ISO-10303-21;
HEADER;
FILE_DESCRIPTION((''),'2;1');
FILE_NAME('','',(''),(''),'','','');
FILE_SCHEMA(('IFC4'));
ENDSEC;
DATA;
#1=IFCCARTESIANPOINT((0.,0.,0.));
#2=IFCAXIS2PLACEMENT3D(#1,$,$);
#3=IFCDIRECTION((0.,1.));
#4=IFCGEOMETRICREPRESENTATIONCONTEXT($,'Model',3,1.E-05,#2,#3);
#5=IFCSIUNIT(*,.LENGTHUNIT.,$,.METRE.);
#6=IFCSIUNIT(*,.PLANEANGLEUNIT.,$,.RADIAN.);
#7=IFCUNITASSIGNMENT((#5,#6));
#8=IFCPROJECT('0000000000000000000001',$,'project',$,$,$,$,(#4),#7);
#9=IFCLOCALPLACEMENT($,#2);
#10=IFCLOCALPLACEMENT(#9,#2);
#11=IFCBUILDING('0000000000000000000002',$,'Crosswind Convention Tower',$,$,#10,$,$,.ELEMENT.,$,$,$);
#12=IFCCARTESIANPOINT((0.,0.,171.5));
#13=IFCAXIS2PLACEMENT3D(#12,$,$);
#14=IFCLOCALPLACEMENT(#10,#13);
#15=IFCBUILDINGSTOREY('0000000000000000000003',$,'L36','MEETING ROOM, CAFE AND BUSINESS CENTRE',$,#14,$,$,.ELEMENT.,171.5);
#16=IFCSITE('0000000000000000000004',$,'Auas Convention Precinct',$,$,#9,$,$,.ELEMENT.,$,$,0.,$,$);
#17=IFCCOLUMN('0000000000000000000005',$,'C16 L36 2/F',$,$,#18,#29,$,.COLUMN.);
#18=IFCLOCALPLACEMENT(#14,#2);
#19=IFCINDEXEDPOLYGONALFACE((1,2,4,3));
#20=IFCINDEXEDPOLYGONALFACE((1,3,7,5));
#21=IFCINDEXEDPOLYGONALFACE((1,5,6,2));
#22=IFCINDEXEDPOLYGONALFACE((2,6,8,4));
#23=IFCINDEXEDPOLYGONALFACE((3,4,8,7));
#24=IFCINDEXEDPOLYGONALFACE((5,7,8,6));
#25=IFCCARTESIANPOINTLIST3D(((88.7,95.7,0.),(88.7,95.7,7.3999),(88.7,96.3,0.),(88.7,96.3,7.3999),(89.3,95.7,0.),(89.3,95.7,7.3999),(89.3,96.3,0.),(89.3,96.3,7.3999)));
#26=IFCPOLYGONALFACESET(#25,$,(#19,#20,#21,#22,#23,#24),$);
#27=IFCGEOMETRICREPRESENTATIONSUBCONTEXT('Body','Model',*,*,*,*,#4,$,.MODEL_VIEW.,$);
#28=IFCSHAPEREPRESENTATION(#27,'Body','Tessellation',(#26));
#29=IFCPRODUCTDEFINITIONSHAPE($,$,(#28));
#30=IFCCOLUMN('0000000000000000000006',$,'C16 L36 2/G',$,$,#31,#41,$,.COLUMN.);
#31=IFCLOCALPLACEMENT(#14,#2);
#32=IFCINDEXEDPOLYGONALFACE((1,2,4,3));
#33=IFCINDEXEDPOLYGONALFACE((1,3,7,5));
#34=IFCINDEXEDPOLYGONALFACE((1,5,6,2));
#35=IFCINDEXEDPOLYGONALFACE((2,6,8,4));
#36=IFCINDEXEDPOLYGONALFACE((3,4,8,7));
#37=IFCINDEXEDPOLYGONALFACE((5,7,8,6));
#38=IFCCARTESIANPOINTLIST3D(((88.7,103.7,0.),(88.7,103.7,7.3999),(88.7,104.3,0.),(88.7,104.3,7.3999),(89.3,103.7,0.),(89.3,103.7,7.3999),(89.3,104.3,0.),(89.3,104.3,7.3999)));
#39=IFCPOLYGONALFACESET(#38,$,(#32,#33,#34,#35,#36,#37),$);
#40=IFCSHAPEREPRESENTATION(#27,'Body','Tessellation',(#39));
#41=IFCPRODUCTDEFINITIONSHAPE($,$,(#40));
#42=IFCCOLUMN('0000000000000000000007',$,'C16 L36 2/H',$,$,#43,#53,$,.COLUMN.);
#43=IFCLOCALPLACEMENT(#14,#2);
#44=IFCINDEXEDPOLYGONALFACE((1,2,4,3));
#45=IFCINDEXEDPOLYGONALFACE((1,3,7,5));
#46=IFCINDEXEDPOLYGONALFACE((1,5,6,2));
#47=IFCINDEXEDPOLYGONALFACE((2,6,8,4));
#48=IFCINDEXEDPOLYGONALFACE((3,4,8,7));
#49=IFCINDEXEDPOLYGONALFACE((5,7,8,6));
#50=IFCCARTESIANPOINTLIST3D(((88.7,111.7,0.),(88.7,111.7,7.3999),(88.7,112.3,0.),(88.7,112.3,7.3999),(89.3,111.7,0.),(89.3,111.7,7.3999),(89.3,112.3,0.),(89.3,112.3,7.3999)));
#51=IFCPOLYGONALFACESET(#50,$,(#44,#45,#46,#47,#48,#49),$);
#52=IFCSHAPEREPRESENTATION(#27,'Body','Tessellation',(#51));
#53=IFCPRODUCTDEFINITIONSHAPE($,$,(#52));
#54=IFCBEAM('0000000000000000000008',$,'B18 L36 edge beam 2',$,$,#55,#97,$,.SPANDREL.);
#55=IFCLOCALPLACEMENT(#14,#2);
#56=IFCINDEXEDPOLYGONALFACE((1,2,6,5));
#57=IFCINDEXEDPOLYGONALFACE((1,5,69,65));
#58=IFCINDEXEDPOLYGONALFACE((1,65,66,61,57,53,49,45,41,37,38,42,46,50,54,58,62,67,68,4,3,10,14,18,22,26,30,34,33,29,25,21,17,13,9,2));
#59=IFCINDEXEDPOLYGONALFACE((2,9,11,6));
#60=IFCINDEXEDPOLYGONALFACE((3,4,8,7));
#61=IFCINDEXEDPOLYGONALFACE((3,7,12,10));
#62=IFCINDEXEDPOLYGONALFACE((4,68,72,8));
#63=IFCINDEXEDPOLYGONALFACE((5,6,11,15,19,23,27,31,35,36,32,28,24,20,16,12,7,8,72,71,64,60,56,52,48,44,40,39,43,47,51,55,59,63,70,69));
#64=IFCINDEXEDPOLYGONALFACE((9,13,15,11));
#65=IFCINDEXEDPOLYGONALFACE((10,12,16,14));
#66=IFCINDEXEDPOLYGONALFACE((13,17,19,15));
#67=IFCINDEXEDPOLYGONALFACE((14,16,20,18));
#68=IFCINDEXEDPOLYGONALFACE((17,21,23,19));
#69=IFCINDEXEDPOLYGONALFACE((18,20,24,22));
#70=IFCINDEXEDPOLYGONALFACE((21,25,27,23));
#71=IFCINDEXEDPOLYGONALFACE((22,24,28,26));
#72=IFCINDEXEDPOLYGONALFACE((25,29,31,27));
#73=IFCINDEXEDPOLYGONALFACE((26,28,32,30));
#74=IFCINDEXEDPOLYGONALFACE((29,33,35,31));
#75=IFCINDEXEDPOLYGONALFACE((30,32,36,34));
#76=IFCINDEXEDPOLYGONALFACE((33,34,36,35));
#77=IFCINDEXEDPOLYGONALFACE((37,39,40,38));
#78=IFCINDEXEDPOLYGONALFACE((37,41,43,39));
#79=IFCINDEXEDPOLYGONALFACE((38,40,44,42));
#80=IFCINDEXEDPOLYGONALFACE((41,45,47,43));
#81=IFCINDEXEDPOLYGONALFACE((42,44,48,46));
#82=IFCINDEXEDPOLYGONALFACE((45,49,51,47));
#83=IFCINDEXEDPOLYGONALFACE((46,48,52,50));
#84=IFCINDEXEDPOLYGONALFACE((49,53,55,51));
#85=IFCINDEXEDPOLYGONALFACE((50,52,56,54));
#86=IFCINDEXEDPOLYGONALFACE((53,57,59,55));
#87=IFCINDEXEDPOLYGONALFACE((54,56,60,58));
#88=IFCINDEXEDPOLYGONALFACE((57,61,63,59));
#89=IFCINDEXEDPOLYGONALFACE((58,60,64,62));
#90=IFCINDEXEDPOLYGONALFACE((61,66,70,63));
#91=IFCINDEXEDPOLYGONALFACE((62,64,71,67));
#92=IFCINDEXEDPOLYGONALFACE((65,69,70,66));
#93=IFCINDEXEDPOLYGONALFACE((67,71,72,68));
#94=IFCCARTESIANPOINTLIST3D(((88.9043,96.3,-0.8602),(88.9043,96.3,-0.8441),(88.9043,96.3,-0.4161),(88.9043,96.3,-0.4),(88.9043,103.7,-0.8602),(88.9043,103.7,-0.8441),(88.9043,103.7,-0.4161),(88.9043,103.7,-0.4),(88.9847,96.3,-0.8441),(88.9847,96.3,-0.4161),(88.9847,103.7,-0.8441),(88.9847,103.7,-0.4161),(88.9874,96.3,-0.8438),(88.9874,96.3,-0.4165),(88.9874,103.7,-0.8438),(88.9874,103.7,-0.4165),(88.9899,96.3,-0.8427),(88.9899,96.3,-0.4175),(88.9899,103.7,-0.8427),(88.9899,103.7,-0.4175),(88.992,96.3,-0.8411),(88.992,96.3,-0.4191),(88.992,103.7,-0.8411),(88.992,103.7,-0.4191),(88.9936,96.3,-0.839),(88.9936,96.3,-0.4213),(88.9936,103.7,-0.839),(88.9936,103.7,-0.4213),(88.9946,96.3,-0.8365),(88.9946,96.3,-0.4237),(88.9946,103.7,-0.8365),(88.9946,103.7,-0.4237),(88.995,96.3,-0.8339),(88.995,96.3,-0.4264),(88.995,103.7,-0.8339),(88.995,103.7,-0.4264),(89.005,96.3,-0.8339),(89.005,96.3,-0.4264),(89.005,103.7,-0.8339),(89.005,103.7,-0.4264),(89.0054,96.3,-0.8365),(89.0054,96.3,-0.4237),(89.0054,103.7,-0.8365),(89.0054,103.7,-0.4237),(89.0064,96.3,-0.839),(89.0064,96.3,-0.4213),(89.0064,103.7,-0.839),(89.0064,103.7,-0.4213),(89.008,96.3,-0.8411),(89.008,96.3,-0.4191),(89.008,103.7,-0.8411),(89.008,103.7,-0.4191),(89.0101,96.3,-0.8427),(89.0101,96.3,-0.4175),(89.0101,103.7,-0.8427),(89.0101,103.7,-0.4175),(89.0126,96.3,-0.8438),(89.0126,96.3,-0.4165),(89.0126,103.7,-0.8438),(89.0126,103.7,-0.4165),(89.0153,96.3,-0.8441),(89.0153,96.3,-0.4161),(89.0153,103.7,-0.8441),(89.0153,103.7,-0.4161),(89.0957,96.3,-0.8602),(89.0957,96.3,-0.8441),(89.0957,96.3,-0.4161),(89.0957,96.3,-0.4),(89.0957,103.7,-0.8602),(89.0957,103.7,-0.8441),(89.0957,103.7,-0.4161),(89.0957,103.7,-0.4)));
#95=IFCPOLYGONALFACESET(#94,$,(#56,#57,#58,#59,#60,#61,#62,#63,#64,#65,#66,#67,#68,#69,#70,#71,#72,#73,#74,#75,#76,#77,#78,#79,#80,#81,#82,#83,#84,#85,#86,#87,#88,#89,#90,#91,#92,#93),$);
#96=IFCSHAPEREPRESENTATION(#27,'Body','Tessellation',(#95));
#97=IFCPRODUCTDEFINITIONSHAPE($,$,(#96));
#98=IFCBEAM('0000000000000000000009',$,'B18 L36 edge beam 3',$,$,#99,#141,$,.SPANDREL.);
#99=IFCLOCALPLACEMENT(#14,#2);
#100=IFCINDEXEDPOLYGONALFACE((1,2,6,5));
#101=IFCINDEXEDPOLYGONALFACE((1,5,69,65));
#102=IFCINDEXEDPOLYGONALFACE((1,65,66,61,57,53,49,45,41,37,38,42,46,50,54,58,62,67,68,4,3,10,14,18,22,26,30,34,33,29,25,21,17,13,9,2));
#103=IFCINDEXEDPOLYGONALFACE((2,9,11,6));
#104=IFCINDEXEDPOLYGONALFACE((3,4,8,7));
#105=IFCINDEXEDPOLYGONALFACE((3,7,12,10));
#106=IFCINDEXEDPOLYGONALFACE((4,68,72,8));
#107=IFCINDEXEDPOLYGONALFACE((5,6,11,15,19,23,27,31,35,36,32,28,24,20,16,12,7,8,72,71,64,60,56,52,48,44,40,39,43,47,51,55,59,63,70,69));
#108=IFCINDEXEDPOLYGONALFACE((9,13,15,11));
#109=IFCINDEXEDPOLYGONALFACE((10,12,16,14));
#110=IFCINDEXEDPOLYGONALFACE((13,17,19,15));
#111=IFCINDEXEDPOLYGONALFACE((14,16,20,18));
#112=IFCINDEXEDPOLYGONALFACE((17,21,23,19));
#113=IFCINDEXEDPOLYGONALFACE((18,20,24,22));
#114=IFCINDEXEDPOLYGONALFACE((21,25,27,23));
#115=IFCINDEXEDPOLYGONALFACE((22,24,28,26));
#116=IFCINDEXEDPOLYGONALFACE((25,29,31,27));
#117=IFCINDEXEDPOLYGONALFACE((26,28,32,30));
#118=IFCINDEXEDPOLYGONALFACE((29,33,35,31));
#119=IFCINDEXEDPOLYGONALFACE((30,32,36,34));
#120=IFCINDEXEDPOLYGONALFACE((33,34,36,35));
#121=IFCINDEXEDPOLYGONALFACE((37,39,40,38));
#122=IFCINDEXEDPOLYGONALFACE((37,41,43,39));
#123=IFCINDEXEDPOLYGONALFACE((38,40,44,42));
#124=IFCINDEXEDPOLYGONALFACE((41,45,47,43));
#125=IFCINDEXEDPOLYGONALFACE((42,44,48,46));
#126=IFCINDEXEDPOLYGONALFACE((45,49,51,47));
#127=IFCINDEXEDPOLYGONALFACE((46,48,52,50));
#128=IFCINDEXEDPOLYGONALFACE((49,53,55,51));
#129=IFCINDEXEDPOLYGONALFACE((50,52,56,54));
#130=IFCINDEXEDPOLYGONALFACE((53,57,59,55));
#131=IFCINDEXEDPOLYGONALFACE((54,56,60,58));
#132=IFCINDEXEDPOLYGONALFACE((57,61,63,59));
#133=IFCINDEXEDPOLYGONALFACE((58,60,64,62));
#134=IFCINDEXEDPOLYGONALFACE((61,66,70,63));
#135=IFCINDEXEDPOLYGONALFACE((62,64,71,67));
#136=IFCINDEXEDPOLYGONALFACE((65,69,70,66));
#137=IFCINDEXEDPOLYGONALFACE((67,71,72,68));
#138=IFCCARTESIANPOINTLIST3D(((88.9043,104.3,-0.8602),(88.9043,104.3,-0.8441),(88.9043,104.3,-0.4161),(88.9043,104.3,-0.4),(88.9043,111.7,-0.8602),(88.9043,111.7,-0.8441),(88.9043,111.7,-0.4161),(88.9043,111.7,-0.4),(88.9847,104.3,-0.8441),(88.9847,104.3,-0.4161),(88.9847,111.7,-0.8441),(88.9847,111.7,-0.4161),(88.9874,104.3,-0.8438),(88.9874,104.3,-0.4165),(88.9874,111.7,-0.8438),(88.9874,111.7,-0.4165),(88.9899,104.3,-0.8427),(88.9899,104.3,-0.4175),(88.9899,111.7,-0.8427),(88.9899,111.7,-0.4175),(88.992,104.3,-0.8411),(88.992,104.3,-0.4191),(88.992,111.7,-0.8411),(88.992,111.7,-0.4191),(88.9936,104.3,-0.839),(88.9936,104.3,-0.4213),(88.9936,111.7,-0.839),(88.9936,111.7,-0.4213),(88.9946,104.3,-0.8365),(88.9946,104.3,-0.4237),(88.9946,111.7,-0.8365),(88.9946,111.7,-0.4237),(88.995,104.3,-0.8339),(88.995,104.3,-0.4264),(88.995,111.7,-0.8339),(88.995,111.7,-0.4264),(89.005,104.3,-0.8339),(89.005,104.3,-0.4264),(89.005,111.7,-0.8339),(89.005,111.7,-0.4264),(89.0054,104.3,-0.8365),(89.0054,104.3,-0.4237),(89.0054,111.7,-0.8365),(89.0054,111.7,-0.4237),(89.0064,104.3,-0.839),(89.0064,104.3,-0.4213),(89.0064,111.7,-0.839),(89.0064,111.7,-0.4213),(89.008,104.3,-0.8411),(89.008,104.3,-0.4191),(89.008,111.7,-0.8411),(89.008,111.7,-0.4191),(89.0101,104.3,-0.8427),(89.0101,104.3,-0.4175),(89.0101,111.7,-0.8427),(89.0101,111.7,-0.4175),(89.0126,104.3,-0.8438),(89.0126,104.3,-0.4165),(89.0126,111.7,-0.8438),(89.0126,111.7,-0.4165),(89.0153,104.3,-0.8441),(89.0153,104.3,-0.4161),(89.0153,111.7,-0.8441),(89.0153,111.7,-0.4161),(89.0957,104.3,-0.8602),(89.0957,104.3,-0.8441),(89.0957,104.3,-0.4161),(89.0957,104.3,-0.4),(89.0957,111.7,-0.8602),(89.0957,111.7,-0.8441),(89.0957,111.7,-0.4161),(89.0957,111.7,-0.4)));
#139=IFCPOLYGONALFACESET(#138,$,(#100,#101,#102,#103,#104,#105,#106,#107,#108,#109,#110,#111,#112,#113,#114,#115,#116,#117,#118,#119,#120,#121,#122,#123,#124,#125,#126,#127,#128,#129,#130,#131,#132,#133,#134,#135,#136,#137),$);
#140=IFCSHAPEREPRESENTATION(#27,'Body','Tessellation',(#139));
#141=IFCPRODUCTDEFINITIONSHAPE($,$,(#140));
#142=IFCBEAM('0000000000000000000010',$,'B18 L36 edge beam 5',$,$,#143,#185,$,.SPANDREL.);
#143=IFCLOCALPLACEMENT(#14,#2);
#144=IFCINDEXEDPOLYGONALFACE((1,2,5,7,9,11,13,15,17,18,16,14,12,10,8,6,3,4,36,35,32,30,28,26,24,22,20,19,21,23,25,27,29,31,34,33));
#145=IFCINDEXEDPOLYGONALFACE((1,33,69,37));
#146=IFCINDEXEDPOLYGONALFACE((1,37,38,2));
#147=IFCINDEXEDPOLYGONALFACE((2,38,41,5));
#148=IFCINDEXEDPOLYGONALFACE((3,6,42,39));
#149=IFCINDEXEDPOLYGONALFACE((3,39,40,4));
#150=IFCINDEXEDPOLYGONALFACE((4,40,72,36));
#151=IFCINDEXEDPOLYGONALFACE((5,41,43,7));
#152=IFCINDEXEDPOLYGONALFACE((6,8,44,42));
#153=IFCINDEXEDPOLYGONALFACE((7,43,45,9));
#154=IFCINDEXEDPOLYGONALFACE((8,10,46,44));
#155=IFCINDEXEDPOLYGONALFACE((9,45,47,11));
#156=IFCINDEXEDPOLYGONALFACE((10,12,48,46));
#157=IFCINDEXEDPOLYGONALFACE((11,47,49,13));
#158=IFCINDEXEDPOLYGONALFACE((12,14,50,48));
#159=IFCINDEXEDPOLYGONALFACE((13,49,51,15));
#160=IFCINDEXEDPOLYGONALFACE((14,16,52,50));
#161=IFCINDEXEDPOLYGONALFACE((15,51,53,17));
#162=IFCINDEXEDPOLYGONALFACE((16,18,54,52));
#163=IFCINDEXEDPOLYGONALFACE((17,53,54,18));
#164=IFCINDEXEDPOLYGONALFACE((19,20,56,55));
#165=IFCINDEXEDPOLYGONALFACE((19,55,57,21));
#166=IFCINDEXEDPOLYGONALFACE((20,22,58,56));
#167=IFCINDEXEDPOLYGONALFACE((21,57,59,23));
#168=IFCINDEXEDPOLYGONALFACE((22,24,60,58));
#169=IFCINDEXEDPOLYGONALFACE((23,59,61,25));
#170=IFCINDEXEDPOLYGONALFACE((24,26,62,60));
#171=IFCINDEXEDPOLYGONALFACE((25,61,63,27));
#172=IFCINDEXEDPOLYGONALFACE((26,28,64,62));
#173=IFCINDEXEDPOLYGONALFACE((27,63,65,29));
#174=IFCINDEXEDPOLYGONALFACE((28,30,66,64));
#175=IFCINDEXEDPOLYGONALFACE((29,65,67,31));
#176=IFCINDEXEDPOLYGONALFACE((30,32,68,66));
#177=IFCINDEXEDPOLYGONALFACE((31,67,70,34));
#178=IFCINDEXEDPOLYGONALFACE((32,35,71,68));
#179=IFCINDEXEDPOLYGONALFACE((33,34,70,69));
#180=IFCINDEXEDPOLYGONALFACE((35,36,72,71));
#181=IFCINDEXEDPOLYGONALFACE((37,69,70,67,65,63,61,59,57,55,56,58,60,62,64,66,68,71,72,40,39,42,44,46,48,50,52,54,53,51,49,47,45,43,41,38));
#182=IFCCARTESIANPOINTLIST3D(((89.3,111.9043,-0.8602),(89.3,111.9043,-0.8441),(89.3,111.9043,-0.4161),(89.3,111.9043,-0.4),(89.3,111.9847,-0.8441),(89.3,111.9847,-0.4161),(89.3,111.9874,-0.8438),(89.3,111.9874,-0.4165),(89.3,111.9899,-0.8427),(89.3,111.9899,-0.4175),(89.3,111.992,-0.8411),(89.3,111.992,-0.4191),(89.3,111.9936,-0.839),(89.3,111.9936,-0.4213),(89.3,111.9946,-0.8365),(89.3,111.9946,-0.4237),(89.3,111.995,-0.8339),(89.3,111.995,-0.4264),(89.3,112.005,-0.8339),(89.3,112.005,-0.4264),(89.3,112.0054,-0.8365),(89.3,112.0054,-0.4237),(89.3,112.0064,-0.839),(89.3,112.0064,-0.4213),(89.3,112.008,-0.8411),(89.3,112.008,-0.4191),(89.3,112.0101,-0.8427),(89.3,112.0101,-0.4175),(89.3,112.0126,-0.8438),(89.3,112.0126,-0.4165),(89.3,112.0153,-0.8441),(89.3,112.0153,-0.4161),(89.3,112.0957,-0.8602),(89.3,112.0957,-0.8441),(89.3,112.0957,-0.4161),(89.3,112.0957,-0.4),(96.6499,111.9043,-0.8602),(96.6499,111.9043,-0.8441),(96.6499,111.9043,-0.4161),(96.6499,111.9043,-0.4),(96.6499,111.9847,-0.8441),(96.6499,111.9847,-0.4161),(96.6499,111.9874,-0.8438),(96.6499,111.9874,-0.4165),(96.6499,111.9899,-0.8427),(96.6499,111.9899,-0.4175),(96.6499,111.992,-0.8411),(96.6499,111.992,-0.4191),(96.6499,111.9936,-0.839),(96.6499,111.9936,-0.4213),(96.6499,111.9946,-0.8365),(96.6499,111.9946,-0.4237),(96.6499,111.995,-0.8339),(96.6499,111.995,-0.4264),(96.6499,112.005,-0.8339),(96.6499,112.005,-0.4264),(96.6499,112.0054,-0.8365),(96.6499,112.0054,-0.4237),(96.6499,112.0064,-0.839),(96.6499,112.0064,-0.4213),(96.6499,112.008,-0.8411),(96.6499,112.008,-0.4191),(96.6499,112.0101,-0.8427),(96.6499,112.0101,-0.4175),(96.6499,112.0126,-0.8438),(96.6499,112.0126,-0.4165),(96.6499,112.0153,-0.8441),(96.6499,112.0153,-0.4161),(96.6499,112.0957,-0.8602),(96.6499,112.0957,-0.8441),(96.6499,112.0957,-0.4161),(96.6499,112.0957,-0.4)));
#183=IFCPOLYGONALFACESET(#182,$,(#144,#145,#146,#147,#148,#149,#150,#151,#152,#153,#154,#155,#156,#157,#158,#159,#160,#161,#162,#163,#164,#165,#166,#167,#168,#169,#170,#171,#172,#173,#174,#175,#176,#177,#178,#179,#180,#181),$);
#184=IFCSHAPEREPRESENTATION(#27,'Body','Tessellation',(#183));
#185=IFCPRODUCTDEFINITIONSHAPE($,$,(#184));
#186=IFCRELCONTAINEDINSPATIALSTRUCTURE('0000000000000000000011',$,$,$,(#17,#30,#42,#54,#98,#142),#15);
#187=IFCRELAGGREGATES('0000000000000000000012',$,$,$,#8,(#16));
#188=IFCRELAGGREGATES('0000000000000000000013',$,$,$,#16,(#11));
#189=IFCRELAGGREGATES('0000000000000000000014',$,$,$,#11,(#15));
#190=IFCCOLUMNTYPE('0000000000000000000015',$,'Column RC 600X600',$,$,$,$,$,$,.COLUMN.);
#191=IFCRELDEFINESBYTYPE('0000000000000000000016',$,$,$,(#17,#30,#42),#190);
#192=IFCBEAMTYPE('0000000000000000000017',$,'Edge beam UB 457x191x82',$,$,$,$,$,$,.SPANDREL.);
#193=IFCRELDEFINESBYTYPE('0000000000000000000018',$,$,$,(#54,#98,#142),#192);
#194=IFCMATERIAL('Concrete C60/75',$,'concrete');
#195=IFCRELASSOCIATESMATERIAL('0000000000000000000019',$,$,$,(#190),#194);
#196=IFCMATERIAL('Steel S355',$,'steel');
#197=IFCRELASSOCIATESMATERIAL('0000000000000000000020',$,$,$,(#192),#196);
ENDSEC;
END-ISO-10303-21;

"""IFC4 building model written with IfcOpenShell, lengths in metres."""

from ifc_helpers import new_model, si_unit, direction, frame, origin, origin_2d, place, context, subcontext, project, spatial, rectangle, i_section, extrude, material, material_profile, profile_set, type_object, element, save


model = new_model("IFC4")

# Units and contexts
model_context = context("Model", 3, precision=1e-05, world=origin(), true_north=direction((0.0, 1.0)))
body_context = subcontext(model_context, "Body", "Model", "MODEL_VIEW")
ifc_project = project(units=[si_unit("LENGTHUNIT", "METRE"), si_unit("PLANEANGLEUNIT", "RADIAN")], contexts=[model_context])

# Site, building, storey
site_placement = place(None, origin())
site = spatial("IfcSite", under=ifc_project, at=site_placement, Name="Auas Convention Precinct", CompositionType="ELEMENT", RefElevation=0.0)
building_placement = place(site_placement, origin())
building = spatial("IfcBuilding", under=site, at=building_placement, Name="Crosswind Convention Tower", CompositionType="ELEMENT")
storey_placement = place(building_placement, frame((0.0, 0.0, 171.5)))
storey = spatial("IfcBuildingStorey", under=building, at=storey_placement, Name="L36", Description="MEETING ROOM, CAFE AND BUSINESS CENTRE", CompositionType="ELEMENT", Elevation=171.5)

# Columns
ifc_material_1 = material(Name="Concrete C60/75", Category="concrete")
ifc_material_profile_1 = material_profile(ifc_material_1, rectangle(XDim=0.6001, YDim=0.6001, at=origin_2d()), Name="RC 600X600")
ifc_profile_set_1 = profile_set([ifc_material_profile_1], Name="Concrete C60/75")
column_type = type_object("IfcColumnType", Name="Column RC 600X600", PredefinedType="COLUMN", material=ifc_profile_set_1)
for number, where, z_axis, x_axis, name in (
    (1, (89.0, 96.0, 0.0), (0.0, 0.0, 1.0), (1.0, 0.0, 0.0), "C16 L36 2/F"),
    (2, (89.0, 104.0, 0.0), (0.0, 0.0, 1.0), (1.0, 0.0, 0.0), "C16 L36 2/G"),
    (3, (89.0, 112.0, 0.0), (0.0, 0.0, 1.0), (1.0, 0.0, 0.0), "C16 L36 2/H"),
):
    element("IfcColumn", number, at=place(storey_placement, frame(where, z_axis=z_axis, x_axis=x_axis)), inside=storey, type_object=column_type, Name=name, PredefinedType="COLUMN", context=body_context, shape_type="SweptSolid", body=[
        extrude(rectangle(XDim=0.6001, YDim=0.6001, at=origin_2d()), origin(), (0.0, 0.0, 1.0), 7.3999),
    ])

# Beams
ifc_material_2 = material(Name="Steel S355", Category="steel")
ifc_material_profile_2 = material_profile(ifc_material_2, i_section(OverallWidth=0.1914, OverallDepth=0.4602, WebThickness=0.01, FlangeThickness=0.0161, FilletRadius=0.0103, at=origin_2d()), Name="UB 457x191x82")
ifc_profile_set_2 = profile_set([ifc_material_profile_2], Name="Steel S355")
beam_type_1 = type_object("IfcBeamType", Name="Edge beam UB 457x191x82", PredefinedType="SPANDREL", material=ifc_profile_set_2)
for number, where, z_axis, x_axis, name in (
    (4, (89.0, 96.3, -0.6301), (0.0, 1.0, 0.0), (-1.0, 0.0, 0.0), "B18 L36 edge beam 2"),
    (5, (89.0, 104.3, -0.6301), (0.0, 1.0, 0.0), (-1.0, 0.0, 0.0), "B18 L36 edge beam 3"),
):
    element("IfcBeam", number, at=place(storey_placement, frame(where, z_axis=z_axis, x_axis=x_axis)), inside=storey, type_object=beam_type_1, Name=name, PredefinedType="SPANDREL", context=body_context, shape_type="SweptSolid", body=[
        extrude(i_section(OverallWidth=0.1914, OverallDepth=0.4602, WebThickness=0.01, FlangeThickness=0.0161, FilletRadius=0.0103, at=origin_2d()), origin(), (0.0, 0.0, 1.0), 7.3999),
    ])
beam_placement = place(storey_placement, frame((89.3, 112.0, -0.6301), z_axis=(1.0, 0.0, 0.0), x_axis=(0.0, 1.0, 0.0)))
element("IfcBeam", 6, at=beam_placement, inside=storey, type_object=beam_type_1, Name="B18 L36 edge beam 5", PredefinedType="SPANDREL", context=body_context, shape_type="SweptSolid", body=[
    extrude(i_section(OverallWidth=0.1914, OverallDepth=0.4602, WebThickness=0.01, FlangeThickness=0.0161, FilletRadius=0.0103, at=origin_2d()), origin(), (0.0, 0.0, 1.0), 7.3499),
])

save(model, "model.ifc")
